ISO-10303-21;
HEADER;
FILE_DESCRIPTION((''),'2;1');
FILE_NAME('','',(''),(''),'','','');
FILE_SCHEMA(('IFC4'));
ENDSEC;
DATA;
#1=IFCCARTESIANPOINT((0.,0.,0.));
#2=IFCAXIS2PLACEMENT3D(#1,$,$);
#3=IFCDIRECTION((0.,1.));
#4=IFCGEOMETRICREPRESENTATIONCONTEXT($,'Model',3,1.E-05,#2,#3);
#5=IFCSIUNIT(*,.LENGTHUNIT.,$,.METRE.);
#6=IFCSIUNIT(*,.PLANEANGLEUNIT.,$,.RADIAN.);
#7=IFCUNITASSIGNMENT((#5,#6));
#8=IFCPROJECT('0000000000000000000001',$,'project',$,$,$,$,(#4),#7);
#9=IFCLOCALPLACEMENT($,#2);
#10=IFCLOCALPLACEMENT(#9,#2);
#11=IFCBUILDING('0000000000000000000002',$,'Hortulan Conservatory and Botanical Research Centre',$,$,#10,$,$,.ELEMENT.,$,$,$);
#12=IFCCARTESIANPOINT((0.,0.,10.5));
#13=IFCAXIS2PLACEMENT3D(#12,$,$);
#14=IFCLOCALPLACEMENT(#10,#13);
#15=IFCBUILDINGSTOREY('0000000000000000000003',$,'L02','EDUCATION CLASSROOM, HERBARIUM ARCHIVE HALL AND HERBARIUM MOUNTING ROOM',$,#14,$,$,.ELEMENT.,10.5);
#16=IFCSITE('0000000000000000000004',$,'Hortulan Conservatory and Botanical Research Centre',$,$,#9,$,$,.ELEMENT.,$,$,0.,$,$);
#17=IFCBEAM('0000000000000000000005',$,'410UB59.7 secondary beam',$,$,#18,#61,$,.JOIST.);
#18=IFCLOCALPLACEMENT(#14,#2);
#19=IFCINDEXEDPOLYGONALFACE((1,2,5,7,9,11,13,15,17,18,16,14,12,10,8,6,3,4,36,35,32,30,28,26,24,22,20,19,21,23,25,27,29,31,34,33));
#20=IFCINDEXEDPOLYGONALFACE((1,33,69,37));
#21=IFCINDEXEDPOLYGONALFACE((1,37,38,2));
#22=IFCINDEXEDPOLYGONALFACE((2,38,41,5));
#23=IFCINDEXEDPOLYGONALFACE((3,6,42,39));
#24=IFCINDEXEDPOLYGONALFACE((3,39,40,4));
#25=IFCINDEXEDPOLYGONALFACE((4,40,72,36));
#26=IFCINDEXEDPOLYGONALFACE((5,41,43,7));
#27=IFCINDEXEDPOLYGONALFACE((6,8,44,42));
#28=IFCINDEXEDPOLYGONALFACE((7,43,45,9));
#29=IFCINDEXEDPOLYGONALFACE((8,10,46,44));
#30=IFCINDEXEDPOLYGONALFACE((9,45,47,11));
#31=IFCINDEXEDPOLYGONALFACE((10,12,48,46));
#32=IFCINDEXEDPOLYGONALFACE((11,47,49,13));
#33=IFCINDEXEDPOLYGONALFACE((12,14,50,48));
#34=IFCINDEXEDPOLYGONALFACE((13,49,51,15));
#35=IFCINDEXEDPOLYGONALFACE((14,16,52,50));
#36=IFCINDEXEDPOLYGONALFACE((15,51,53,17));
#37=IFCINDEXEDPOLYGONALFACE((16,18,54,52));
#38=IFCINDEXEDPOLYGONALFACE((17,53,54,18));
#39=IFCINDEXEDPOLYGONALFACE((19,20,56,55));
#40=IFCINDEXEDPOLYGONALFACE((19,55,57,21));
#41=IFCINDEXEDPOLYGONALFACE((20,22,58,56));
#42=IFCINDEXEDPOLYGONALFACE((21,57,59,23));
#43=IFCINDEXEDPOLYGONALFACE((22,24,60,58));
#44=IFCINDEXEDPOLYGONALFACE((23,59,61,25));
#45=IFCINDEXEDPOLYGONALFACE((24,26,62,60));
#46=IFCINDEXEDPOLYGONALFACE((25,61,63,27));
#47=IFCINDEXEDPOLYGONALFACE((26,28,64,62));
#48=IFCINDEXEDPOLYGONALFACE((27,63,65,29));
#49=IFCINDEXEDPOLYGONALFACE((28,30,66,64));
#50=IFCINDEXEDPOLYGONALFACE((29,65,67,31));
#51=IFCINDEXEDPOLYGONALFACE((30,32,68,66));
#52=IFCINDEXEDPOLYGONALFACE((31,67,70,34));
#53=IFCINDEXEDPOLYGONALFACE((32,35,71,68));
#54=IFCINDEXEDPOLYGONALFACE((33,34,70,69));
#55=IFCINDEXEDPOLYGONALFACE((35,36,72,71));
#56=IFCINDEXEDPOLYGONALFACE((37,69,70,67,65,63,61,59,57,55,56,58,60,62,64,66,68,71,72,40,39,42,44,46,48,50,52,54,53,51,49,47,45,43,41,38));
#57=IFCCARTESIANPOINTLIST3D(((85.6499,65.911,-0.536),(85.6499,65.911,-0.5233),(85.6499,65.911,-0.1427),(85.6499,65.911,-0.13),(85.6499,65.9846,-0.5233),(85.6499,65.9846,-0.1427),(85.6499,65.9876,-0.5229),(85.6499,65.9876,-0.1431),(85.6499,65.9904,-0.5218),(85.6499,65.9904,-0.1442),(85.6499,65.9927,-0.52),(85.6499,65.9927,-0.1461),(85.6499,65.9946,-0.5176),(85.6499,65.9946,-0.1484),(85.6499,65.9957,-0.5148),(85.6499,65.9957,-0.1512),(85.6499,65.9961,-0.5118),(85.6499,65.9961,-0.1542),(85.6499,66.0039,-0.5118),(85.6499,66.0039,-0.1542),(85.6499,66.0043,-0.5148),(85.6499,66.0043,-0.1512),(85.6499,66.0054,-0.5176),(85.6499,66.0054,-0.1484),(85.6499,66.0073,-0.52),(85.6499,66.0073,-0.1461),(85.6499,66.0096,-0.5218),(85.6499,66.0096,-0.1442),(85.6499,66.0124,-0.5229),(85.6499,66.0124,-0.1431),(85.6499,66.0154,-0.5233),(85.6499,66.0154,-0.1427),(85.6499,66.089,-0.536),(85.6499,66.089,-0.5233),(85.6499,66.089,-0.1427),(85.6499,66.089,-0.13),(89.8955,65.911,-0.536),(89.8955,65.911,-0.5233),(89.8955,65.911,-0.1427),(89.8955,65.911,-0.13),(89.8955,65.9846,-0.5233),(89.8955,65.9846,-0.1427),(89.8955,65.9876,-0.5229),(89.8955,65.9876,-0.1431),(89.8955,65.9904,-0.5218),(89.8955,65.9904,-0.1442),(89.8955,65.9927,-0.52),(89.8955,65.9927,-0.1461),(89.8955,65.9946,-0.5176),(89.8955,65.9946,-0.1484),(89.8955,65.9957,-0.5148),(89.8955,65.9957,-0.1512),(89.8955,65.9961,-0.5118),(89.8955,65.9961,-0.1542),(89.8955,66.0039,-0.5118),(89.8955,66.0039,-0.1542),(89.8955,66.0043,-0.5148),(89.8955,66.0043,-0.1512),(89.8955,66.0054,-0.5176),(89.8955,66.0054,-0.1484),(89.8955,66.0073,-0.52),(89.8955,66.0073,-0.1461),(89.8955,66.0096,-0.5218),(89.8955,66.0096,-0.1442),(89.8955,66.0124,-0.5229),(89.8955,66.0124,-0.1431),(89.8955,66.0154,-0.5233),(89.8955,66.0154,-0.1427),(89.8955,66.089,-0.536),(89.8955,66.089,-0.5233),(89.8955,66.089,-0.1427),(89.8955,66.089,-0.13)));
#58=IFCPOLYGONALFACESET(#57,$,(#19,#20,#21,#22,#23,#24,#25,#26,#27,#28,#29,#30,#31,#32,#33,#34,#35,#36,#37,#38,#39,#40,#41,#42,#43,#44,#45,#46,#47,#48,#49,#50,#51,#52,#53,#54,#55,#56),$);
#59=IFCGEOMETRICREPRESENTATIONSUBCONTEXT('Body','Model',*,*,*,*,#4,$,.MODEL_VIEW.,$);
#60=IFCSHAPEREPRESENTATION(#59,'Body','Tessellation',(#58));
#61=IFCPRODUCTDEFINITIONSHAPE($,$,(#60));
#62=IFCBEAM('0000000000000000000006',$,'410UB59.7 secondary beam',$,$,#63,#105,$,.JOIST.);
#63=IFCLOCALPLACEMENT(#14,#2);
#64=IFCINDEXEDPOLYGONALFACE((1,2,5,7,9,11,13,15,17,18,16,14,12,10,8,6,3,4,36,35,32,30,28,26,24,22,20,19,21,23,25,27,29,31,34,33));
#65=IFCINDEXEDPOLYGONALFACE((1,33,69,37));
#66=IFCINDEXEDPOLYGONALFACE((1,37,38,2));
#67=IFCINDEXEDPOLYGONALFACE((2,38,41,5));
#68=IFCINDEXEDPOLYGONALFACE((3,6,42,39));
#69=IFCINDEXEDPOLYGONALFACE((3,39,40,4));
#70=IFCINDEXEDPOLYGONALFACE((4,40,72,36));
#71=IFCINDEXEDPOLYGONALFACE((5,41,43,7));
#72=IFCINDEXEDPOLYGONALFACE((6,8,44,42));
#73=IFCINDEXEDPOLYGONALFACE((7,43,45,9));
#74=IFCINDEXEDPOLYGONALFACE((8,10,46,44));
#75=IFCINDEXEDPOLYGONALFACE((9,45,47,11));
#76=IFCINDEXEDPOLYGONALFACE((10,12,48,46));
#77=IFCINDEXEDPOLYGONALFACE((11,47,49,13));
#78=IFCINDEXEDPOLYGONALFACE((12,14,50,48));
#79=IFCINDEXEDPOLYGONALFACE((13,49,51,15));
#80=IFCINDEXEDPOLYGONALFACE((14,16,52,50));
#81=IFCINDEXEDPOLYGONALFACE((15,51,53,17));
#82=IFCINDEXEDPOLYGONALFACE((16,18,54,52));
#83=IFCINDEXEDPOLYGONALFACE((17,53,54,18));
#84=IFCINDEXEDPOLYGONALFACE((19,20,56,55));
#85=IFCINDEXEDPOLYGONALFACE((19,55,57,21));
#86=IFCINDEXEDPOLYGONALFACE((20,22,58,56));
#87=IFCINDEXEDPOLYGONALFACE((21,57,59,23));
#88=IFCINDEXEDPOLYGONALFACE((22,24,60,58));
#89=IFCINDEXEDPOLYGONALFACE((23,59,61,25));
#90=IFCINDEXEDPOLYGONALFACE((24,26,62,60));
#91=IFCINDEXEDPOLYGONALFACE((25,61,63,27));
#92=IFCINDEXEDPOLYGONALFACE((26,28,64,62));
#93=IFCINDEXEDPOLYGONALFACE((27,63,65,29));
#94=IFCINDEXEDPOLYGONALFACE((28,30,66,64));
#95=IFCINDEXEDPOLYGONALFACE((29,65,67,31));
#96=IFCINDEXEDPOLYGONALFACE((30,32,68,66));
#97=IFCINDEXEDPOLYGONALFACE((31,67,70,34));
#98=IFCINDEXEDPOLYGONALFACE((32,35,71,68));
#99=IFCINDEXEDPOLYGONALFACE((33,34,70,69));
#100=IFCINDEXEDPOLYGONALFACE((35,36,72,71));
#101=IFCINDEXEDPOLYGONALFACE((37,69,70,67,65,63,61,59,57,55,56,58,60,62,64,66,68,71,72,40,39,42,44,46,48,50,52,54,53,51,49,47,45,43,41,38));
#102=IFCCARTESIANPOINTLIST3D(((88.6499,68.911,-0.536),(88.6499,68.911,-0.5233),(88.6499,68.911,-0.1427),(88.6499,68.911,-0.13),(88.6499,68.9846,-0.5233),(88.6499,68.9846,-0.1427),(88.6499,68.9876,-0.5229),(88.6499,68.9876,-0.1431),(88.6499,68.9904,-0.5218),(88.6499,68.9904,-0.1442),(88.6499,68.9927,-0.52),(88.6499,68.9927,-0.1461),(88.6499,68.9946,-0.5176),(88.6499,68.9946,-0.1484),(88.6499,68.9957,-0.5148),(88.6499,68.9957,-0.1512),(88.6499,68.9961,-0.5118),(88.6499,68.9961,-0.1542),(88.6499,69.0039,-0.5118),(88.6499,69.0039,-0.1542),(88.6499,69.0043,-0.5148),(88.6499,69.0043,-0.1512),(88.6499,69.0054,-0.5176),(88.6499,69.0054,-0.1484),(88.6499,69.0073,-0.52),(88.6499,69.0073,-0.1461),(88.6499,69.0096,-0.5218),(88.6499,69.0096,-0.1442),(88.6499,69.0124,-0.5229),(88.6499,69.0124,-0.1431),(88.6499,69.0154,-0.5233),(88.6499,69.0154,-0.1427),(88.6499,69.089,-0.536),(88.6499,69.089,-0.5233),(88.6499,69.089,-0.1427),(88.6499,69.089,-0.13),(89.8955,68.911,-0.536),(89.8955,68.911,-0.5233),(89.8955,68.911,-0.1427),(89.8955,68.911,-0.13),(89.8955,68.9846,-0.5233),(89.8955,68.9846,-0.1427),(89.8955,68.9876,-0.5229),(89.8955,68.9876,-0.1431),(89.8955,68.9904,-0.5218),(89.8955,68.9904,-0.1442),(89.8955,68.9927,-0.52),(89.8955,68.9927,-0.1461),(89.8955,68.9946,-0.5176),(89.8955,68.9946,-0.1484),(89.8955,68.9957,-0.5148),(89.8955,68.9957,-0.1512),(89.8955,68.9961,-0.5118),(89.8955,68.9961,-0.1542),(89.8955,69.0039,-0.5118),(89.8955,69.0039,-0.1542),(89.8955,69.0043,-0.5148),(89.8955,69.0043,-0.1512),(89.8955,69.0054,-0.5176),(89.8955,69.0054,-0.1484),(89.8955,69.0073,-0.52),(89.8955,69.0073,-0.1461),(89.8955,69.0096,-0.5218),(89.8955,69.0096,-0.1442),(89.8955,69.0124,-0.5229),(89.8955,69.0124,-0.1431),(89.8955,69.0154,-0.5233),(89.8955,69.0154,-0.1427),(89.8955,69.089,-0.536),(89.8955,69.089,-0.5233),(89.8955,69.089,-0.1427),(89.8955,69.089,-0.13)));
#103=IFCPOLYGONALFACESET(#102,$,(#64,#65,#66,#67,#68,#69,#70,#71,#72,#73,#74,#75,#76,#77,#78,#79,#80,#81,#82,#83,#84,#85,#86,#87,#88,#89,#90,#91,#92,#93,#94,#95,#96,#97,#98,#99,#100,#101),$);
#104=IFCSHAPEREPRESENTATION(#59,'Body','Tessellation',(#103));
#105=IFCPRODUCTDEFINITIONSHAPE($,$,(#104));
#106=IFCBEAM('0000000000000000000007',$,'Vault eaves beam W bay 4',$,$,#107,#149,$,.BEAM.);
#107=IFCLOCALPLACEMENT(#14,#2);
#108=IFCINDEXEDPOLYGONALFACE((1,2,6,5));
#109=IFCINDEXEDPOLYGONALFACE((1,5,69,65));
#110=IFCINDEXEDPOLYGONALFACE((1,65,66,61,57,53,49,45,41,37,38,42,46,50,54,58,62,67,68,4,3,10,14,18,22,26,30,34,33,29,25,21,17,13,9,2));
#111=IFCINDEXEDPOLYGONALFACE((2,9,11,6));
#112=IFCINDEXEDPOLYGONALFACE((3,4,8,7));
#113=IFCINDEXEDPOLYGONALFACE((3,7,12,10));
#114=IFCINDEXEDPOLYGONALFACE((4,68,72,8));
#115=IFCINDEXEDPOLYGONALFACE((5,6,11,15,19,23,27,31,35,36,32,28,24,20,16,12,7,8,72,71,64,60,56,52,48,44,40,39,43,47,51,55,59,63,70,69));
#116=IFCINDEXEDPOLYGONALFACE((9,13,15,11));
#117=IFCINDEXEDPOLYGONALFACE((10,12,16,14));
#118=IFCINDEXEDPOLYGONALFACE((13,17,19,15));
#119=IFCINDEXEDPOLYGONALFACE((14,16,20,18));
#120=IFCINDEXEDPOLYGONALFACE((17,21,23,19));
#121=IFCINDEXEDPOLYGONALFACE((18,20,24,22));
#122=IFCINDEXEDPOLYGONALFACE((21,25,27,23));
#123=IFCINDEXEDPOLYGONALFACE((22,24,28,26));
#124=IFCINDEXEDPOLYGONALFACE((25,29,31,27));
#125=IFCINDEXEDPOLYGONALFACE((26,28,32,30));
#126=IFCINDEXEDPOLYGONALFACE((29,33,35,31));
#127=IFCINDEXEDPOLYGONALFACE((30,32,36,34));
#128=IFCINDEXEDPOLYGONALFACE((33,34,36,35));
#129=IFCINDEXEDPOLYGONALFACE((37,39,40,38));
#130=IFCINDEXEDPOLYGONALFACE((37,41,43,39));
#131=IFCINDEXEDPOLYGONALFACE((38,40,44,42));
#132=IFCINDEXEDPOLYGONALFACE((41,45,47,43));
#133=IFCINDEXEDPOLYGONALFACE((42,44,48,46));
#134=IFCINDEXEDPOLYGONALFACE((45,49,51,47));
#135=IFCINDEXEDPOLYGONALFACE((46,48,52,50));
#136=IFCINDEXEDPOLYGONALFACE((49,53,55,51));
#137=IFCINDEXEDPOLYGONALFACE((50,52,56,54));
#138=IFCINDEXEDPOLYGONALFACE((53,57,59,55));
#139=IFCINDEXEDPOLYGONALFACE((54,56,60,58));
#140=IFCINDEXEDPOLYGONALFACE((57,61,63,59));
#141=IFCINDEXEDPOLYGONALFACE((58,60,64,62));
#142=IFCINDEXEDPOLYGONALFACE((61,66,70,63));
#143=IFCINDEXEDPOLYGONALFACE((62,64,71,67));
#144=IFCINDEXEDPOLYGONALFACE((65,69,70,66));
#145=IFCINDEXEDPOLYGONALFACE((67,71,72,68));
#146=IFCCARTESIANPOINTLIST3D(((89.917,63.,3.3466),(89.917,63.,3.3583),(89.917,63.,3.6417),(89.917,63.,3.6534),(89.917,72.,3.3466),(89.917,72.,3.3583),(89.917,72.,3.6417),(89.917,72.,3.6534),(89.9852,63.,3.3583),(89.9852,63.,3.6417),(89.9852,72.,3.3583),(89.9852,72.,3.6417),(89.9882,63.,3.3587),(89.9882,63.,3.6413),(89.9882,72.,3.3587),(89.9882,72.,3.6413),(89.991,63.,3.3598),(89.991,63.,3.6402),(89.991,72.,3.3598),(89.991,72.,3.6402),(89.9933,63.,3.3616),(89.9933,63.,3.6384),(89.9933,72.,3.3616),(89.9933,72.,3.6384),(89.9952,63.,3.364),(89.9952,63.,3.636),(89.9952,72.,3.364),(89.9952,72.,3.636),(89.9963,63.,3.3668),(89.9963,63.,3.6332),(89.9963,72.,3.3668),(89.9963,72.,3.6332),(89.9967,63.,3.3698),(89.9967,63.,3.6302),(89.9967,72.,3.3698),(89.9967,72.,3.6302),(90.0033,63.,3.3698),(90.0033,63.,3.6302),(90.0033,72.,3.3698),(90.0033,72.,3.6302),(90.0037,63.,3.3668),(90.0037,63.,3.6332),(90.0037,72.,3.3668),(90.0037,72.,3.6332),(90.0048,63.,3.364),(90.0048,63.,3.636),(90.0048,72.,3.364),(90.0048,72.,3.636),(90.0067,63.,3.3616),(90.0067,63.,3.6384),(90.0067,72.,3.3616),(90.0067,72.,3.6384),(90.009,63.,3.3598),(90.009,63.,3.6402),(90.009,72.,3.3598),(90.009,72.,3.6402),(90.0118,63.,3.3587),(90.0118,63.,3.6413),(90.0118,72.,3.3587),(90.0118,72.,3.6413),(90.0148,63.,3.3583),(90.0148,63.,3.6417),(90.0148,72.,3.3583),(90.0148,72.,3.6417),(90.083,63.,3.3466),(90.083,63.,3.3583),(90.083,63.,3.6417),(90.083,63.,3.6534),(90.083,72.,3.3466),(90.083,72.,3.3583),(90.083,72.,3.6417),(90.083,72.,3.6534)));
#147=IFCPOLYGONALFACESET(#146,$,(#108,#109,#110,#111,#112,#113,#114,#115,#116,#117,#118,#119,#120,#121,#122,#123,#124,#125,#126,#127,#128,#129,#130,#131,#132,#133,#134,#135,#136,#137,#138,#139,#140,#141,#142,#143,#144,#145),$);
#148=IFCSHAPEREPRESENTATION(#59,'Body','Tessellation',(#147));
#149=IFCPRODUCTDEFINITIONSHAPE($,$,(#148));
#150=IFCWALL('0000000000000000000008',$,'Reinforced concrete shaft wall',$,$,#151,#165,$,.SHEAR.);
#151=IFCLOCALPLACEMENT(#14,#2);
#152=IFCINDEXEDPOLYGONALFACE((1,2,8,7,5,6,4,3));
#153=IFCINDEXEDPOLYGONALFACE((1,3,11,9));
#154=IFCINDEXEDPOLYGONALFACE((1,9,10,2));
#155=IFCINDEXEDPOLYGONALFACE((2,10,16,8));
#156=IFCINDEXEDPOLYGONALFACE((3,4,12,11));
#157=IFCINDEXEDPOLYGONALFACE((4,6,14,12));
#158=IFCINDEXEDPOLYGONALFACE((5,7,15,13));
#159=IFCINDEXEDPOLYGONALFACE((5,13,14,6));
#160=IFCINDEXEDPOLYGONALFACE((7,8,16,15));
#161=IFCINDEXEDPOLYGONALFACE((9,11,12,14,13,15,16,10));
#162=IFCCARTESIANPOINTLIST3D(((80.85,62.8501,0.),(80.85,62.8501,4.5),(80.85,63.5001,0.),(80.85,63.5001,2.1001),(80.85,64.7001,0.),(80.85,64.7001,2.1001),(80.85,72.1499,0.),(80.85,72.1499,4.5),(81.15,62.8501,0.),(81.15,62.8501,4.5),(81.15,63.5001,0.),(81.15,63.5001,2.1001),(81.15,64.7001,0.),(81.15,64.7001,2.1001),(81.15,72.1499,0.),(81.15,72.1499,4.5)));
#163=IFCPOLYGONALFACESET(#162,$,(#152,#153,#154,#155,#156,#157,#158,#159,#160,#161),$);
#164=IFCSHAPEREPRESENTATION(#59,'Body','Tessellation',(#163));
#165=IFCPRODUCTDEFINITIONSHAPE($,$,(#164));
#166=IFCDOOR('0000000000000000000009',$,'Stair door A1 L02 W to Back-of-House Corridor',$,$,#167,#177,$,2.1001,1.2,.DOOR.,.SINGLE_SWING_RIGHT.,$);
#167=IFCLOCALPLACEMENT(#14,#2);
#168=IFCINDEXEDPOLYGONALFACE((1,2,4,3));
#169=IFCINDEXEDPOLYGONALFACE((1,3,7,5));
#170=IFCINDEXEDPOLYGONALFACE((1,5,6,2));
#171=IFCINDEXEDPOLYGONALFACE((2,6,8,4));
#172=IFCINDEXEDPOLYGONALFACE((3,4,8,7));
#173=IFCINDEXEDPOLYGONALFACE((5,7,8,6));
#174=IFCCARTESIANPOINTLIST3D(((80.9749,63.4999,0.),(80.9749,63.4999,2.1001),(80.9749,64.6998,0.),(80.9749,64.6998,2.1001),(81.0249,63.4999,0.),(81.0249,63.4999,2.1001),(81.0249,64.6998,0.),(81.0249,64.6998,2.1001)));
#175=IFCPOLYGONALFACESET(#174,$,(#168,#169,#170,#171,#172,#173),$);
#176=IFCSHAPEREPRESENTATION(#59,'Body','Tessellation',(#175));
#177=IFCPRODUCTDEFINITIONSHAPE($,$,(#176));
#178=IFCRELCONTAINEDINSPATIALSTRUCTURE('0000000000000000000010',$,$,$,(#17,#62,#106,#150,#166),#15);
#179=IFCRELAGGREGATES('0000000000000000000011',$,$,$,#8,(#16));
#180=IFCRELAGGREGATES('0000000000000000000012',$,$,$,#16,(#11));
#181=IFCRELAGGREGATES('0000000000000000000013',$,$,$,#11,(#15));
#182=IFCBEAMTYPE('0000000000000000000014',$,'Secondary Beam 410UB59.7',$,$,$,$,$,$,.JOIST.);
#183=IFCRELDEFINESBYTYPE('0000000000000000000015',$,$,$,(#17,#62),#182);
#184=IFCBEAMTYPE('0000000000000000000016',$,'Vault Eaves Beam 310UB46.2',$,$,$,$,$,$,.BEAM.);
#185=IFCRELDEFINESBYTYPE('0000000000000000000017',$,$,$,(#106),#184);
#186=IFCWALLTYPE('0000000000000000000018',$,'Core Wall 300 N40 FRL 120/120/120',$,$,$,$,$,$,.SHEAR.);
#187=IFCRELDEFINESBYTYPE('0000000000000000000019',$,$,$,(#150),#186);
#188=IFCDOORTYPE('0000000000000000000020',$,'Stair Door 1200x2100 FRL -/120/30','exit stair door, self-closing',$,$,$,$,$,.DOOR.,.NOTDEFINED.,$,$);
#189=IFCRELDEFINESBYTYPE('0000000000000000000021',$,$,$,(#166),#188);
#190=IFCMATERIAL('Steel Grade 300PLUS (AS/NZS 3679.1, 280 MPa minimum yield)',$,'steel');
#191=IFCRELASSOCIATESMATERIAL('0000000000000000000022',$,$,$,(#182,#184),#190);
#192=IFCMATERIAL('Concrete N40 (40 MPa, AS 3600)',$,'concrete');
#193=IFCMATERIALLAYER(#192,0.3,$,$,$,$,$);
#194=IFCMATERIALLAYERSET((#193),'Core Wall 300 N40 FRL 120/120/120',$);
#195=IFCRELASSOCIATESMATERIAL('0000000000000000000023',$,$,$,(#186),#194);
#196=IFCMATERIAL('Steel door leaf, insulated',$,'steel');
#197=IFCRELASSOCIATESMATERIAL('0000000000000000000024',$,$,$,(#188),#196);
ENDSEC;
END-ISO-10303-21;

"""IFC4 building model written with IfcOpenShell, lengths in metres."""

from ifc_helpers import new_model, si_unit, direction, frame, frame_2d, origin, origin_2d, place, context, subcontext, project, spatial, rectangle, i_section, extrude, material, layer, layer_set, material_profile, profile_set, type_object, element, fill, save


model = new_model("IFC4")

# Units and contexts
model_context = context("Model", 3, precision=1e-05, world=origin(), true_north=direction((0.0, 1.0)))
body_context = subcontext(model_context, "Body", "Model", "MODEL_VIEW")
ifc_project = project(units=[si_unit("LENGTHUNIT", "METRE"), si_unit("PLANEANGLEUNIT", "RADIAN")], contexts=[model_context])

# Site, building, storey
site_placement = place(None, origin())
site = spatial("IfcSite", under=ifc_project, at=site_placement, Name="Hortulan Conservatory and Botanical Research Centre", CompositionType="ELEMENT", RefElevation=0.0)
building_placement = place(site_placement, origin())
building = spatial("IfcBuilding", under=site, at=building_placement, Name="Hortulan Conservatory and Botanical Research Centre", CompositionType="ELEMENT")
storey_placement = place(building_placement, frame((0.0, 0.0, 10.5)))
storey = spatial("IfcBuildingStorey", under=building, at=storey_placement, Name="L02", Description="EDUCATION CLASSROOM, HERBARIUM ARCHIVE HALL AND HERBARIUM MOUNTING ROOM", CompositionType="ELEMENT", Elevation=10.5)

# Shared definitions
ifc_material_1 = material(Name="Steel Grade 300PLUS (AS/NZS 3679.1, 280 MPa minimum yield)", Category="steel")

# Beams
ifc_material_profile_1 = material_profile(ifc_material_1, i_section(OverallWidth=0.178, OverallDepth=0.406, WebThickness=0.0078, FlangeThickness=0.0127, FilletRadius=0.0115, at=origin_2d()), Name="410UB59.7")
ifc_profile_set_1 = profile_set([ifc_material_profile_1], Name="Steel Grade 300PLUS (AS/NZS 3679.1, 280 MPa minimum yield)")
beam_type_1 = type_object("IfcBeamType", Name="Secondary Beam 410UB59.7", PredefinedType="JOIST", material=ifc_profile_set_1)
beam_1_placement = place(storey_placement, frame((85.6499, 66.0, -0.333), z_axis=(1.0, 0.0, 0.0), x_axis=(0.0, 1.0, 0.0)))
element("IfcBeam", 1, at=beam_1_placement, inside=storey, type_object=beam_type_1, Name="410UB59.7 secondary beam", PredefinedType="JOIST", context=body_context, shape_type="SweptSolid", body=[
    extrude(i_section(OverallWidth=0.178, OverallDepth=0.406, WebThickness=0.0078, FlangeThickness=0.0127, FilletRadius=0.0115, at=origin_2d()), origin(), (0.0, 0.0, 1.0), 4.2456),
])
beam_2_placement = place(storey_placement, frame((88.6499, 69.0, -0.333), z_axis=(1.0, 0.0, 0.0), x_axis=(0.0, 1.0, 0.0)))
element("IfcBeam", 2, at=beam_2_placement, inside=storey, type_object=beam_type_1, Name="410UB59.7 secondary beam", PredefinedType="JOIST", context=body_context, shape_type="SweptSolid", body=[
    extrude(i_section(OverallWidth=0.178, OverallDepth=0.406, WebThickness=0.0078, FlangeThickness=0.0127, FilletRadius=0.0115, at=origin_2d()), origin(), (0.0, 0.0, 1.0), 1.2456),
])
ifc_material_profile_2 = material_profile(ifc_material_1, i_section(OverallWidth=0.166, OverallDepth=0.3069, WebThickness=0.0066, FlangeThickness=0.0117, FilletRadius=0.0115, at=origin_2d()), Name="310UB46.2")
ifc_profile_set_2 = profile_set([ifc_material_profile_2], Name="Steel Grade 300PLUS (AS/NZS 3679.1, 280 MPa minimum yield)")
beam_type_2 = type_object("IfcBeamType", Name="Vault Eaves Beam 310UB46.2", PredefinedType="BEAM", material=ifc_profile_set_2)
beam_3_placement = place(storey_placement, frame((90.0, 63.0, 3.5), z_axis=(0.0, 1.0, 0.0), x_axis=(-1.0, 0.0, 0.0)))
element("IfcBeam", 3, at=beam_3_placement, inside=storey, type_object=beam_type_2, Name="Vault eaves beam W bay 4", PredefinedType="BEAM", context=body_context, shape_type="SweptSolid", body=[
    extrude(i_section(OverallWidth=0.166, OverallDepth=0.3069, WebThickness=0.0066, FlangeThickness=0.0117, FilletRadius=0.0115, at=origin_2d()), origin(), (0.0, 0.0, 1.0), 9.0),
])

# Wall, opening, door
ifc_material_2 = material(Name="Concrete N40 (40 MPa, AS 3600)", Category="concrete")
ifc_layer_1 = layer(ifc_material_2, 0.3)
ifc_layer_set_1 = layer_set([ifc_layer_1], Name="Core Wall 300 N40 FRL 120/120/120")
wall_type_1 = type_object("IfcWallType", Name="Core Wall 300 N40 FRL 120/120/120", PredefinedType="SHEAR", material=ifc_layer_set_1)
wall_1_placement = place(storey_placement, frame((81.0, 62.8501, 0.0), z_axis=(0.0, 0.0, 1.0), x_axis=(0.0, 1.0, 0.0)))
wall_1 = element("IfcWall", 4, at=wall_1_placement, inside=storey, type_object=wall_type_1, Name="Reinforced concrete shaft wall", PredefinedType="SHEAR", context=body_context, shape_type="SweptSolid", body=[
    extrude(rectangle(XDim=9.2998, YDim=0.3, at=frame_2d((4.6499, 0.0))), origin(), (0.0, 0.0, 1.0), 4.5),
])
opening_1_placement = place(wall_1_placement, frame((0.6499, 0.0, 0.0)))
opening_1 = element("IfcOpeningElement", 5, at=opening_1_placement, cuts=wall_1, PredefinedType="OPENING", context=body_context, shape_type="SweptSolid", body=[
    extrude(rectangle(XDim=1.2, YDim=2.1001, at=frame_2d((0.6001, 1.05))), frame((0.0, 0.1599, 0.0), z_axis=(0.0, -1.0, 0.0), x_axis=(1.0, 0.0, 0.0)), (0.0, 0.0, 1.0), 0.3201),
])
ifc_material_3 = material(Name="Steel door leaf, insulated", Category="steel")
door_type_1 = type_object("IfcDoorType", Name="Stair Door 1200x2100 FRL -/120/30", Description="exit stair door, self-closing", OperationType="NOTDEFINED", PredefinedType="DOOR", material=ifc_material_3)
door_1_placement = place(opening_1_placement, frame((1.2, 0.0, 0.0), z_axis=(0.0, 0.0, 1.0), x_axis=(-1.0, 0.0, 0.0)))
door_1 = element("IfcDoor", 6, at=door_1_placement, inside=storey, type_object=door_type_1, Name="Stair door A1 L02 W to Back-of-House Corridor", OperationType="SINGLE_SWING_RIGHT", OverallHeight=2.1001, OverallWidth=1.2, PredefinedType="DOOR", context=body_context, shape_type="SweptSolid", body=[
    extrude(rectangle(XDim=1.2, YDim=2.1001, at=frame_2d((0.6001, 1.05))), frame((0.0, 0.0249, 0.0), z_axis=(0.0, -1.0, 0.0), x_axis=(1.0, 0.0, 0.0)), (0.0, 0.0, 1.0), 0.05),
])
fill(opening_1, door_1)

save(model, "model.ifc")
